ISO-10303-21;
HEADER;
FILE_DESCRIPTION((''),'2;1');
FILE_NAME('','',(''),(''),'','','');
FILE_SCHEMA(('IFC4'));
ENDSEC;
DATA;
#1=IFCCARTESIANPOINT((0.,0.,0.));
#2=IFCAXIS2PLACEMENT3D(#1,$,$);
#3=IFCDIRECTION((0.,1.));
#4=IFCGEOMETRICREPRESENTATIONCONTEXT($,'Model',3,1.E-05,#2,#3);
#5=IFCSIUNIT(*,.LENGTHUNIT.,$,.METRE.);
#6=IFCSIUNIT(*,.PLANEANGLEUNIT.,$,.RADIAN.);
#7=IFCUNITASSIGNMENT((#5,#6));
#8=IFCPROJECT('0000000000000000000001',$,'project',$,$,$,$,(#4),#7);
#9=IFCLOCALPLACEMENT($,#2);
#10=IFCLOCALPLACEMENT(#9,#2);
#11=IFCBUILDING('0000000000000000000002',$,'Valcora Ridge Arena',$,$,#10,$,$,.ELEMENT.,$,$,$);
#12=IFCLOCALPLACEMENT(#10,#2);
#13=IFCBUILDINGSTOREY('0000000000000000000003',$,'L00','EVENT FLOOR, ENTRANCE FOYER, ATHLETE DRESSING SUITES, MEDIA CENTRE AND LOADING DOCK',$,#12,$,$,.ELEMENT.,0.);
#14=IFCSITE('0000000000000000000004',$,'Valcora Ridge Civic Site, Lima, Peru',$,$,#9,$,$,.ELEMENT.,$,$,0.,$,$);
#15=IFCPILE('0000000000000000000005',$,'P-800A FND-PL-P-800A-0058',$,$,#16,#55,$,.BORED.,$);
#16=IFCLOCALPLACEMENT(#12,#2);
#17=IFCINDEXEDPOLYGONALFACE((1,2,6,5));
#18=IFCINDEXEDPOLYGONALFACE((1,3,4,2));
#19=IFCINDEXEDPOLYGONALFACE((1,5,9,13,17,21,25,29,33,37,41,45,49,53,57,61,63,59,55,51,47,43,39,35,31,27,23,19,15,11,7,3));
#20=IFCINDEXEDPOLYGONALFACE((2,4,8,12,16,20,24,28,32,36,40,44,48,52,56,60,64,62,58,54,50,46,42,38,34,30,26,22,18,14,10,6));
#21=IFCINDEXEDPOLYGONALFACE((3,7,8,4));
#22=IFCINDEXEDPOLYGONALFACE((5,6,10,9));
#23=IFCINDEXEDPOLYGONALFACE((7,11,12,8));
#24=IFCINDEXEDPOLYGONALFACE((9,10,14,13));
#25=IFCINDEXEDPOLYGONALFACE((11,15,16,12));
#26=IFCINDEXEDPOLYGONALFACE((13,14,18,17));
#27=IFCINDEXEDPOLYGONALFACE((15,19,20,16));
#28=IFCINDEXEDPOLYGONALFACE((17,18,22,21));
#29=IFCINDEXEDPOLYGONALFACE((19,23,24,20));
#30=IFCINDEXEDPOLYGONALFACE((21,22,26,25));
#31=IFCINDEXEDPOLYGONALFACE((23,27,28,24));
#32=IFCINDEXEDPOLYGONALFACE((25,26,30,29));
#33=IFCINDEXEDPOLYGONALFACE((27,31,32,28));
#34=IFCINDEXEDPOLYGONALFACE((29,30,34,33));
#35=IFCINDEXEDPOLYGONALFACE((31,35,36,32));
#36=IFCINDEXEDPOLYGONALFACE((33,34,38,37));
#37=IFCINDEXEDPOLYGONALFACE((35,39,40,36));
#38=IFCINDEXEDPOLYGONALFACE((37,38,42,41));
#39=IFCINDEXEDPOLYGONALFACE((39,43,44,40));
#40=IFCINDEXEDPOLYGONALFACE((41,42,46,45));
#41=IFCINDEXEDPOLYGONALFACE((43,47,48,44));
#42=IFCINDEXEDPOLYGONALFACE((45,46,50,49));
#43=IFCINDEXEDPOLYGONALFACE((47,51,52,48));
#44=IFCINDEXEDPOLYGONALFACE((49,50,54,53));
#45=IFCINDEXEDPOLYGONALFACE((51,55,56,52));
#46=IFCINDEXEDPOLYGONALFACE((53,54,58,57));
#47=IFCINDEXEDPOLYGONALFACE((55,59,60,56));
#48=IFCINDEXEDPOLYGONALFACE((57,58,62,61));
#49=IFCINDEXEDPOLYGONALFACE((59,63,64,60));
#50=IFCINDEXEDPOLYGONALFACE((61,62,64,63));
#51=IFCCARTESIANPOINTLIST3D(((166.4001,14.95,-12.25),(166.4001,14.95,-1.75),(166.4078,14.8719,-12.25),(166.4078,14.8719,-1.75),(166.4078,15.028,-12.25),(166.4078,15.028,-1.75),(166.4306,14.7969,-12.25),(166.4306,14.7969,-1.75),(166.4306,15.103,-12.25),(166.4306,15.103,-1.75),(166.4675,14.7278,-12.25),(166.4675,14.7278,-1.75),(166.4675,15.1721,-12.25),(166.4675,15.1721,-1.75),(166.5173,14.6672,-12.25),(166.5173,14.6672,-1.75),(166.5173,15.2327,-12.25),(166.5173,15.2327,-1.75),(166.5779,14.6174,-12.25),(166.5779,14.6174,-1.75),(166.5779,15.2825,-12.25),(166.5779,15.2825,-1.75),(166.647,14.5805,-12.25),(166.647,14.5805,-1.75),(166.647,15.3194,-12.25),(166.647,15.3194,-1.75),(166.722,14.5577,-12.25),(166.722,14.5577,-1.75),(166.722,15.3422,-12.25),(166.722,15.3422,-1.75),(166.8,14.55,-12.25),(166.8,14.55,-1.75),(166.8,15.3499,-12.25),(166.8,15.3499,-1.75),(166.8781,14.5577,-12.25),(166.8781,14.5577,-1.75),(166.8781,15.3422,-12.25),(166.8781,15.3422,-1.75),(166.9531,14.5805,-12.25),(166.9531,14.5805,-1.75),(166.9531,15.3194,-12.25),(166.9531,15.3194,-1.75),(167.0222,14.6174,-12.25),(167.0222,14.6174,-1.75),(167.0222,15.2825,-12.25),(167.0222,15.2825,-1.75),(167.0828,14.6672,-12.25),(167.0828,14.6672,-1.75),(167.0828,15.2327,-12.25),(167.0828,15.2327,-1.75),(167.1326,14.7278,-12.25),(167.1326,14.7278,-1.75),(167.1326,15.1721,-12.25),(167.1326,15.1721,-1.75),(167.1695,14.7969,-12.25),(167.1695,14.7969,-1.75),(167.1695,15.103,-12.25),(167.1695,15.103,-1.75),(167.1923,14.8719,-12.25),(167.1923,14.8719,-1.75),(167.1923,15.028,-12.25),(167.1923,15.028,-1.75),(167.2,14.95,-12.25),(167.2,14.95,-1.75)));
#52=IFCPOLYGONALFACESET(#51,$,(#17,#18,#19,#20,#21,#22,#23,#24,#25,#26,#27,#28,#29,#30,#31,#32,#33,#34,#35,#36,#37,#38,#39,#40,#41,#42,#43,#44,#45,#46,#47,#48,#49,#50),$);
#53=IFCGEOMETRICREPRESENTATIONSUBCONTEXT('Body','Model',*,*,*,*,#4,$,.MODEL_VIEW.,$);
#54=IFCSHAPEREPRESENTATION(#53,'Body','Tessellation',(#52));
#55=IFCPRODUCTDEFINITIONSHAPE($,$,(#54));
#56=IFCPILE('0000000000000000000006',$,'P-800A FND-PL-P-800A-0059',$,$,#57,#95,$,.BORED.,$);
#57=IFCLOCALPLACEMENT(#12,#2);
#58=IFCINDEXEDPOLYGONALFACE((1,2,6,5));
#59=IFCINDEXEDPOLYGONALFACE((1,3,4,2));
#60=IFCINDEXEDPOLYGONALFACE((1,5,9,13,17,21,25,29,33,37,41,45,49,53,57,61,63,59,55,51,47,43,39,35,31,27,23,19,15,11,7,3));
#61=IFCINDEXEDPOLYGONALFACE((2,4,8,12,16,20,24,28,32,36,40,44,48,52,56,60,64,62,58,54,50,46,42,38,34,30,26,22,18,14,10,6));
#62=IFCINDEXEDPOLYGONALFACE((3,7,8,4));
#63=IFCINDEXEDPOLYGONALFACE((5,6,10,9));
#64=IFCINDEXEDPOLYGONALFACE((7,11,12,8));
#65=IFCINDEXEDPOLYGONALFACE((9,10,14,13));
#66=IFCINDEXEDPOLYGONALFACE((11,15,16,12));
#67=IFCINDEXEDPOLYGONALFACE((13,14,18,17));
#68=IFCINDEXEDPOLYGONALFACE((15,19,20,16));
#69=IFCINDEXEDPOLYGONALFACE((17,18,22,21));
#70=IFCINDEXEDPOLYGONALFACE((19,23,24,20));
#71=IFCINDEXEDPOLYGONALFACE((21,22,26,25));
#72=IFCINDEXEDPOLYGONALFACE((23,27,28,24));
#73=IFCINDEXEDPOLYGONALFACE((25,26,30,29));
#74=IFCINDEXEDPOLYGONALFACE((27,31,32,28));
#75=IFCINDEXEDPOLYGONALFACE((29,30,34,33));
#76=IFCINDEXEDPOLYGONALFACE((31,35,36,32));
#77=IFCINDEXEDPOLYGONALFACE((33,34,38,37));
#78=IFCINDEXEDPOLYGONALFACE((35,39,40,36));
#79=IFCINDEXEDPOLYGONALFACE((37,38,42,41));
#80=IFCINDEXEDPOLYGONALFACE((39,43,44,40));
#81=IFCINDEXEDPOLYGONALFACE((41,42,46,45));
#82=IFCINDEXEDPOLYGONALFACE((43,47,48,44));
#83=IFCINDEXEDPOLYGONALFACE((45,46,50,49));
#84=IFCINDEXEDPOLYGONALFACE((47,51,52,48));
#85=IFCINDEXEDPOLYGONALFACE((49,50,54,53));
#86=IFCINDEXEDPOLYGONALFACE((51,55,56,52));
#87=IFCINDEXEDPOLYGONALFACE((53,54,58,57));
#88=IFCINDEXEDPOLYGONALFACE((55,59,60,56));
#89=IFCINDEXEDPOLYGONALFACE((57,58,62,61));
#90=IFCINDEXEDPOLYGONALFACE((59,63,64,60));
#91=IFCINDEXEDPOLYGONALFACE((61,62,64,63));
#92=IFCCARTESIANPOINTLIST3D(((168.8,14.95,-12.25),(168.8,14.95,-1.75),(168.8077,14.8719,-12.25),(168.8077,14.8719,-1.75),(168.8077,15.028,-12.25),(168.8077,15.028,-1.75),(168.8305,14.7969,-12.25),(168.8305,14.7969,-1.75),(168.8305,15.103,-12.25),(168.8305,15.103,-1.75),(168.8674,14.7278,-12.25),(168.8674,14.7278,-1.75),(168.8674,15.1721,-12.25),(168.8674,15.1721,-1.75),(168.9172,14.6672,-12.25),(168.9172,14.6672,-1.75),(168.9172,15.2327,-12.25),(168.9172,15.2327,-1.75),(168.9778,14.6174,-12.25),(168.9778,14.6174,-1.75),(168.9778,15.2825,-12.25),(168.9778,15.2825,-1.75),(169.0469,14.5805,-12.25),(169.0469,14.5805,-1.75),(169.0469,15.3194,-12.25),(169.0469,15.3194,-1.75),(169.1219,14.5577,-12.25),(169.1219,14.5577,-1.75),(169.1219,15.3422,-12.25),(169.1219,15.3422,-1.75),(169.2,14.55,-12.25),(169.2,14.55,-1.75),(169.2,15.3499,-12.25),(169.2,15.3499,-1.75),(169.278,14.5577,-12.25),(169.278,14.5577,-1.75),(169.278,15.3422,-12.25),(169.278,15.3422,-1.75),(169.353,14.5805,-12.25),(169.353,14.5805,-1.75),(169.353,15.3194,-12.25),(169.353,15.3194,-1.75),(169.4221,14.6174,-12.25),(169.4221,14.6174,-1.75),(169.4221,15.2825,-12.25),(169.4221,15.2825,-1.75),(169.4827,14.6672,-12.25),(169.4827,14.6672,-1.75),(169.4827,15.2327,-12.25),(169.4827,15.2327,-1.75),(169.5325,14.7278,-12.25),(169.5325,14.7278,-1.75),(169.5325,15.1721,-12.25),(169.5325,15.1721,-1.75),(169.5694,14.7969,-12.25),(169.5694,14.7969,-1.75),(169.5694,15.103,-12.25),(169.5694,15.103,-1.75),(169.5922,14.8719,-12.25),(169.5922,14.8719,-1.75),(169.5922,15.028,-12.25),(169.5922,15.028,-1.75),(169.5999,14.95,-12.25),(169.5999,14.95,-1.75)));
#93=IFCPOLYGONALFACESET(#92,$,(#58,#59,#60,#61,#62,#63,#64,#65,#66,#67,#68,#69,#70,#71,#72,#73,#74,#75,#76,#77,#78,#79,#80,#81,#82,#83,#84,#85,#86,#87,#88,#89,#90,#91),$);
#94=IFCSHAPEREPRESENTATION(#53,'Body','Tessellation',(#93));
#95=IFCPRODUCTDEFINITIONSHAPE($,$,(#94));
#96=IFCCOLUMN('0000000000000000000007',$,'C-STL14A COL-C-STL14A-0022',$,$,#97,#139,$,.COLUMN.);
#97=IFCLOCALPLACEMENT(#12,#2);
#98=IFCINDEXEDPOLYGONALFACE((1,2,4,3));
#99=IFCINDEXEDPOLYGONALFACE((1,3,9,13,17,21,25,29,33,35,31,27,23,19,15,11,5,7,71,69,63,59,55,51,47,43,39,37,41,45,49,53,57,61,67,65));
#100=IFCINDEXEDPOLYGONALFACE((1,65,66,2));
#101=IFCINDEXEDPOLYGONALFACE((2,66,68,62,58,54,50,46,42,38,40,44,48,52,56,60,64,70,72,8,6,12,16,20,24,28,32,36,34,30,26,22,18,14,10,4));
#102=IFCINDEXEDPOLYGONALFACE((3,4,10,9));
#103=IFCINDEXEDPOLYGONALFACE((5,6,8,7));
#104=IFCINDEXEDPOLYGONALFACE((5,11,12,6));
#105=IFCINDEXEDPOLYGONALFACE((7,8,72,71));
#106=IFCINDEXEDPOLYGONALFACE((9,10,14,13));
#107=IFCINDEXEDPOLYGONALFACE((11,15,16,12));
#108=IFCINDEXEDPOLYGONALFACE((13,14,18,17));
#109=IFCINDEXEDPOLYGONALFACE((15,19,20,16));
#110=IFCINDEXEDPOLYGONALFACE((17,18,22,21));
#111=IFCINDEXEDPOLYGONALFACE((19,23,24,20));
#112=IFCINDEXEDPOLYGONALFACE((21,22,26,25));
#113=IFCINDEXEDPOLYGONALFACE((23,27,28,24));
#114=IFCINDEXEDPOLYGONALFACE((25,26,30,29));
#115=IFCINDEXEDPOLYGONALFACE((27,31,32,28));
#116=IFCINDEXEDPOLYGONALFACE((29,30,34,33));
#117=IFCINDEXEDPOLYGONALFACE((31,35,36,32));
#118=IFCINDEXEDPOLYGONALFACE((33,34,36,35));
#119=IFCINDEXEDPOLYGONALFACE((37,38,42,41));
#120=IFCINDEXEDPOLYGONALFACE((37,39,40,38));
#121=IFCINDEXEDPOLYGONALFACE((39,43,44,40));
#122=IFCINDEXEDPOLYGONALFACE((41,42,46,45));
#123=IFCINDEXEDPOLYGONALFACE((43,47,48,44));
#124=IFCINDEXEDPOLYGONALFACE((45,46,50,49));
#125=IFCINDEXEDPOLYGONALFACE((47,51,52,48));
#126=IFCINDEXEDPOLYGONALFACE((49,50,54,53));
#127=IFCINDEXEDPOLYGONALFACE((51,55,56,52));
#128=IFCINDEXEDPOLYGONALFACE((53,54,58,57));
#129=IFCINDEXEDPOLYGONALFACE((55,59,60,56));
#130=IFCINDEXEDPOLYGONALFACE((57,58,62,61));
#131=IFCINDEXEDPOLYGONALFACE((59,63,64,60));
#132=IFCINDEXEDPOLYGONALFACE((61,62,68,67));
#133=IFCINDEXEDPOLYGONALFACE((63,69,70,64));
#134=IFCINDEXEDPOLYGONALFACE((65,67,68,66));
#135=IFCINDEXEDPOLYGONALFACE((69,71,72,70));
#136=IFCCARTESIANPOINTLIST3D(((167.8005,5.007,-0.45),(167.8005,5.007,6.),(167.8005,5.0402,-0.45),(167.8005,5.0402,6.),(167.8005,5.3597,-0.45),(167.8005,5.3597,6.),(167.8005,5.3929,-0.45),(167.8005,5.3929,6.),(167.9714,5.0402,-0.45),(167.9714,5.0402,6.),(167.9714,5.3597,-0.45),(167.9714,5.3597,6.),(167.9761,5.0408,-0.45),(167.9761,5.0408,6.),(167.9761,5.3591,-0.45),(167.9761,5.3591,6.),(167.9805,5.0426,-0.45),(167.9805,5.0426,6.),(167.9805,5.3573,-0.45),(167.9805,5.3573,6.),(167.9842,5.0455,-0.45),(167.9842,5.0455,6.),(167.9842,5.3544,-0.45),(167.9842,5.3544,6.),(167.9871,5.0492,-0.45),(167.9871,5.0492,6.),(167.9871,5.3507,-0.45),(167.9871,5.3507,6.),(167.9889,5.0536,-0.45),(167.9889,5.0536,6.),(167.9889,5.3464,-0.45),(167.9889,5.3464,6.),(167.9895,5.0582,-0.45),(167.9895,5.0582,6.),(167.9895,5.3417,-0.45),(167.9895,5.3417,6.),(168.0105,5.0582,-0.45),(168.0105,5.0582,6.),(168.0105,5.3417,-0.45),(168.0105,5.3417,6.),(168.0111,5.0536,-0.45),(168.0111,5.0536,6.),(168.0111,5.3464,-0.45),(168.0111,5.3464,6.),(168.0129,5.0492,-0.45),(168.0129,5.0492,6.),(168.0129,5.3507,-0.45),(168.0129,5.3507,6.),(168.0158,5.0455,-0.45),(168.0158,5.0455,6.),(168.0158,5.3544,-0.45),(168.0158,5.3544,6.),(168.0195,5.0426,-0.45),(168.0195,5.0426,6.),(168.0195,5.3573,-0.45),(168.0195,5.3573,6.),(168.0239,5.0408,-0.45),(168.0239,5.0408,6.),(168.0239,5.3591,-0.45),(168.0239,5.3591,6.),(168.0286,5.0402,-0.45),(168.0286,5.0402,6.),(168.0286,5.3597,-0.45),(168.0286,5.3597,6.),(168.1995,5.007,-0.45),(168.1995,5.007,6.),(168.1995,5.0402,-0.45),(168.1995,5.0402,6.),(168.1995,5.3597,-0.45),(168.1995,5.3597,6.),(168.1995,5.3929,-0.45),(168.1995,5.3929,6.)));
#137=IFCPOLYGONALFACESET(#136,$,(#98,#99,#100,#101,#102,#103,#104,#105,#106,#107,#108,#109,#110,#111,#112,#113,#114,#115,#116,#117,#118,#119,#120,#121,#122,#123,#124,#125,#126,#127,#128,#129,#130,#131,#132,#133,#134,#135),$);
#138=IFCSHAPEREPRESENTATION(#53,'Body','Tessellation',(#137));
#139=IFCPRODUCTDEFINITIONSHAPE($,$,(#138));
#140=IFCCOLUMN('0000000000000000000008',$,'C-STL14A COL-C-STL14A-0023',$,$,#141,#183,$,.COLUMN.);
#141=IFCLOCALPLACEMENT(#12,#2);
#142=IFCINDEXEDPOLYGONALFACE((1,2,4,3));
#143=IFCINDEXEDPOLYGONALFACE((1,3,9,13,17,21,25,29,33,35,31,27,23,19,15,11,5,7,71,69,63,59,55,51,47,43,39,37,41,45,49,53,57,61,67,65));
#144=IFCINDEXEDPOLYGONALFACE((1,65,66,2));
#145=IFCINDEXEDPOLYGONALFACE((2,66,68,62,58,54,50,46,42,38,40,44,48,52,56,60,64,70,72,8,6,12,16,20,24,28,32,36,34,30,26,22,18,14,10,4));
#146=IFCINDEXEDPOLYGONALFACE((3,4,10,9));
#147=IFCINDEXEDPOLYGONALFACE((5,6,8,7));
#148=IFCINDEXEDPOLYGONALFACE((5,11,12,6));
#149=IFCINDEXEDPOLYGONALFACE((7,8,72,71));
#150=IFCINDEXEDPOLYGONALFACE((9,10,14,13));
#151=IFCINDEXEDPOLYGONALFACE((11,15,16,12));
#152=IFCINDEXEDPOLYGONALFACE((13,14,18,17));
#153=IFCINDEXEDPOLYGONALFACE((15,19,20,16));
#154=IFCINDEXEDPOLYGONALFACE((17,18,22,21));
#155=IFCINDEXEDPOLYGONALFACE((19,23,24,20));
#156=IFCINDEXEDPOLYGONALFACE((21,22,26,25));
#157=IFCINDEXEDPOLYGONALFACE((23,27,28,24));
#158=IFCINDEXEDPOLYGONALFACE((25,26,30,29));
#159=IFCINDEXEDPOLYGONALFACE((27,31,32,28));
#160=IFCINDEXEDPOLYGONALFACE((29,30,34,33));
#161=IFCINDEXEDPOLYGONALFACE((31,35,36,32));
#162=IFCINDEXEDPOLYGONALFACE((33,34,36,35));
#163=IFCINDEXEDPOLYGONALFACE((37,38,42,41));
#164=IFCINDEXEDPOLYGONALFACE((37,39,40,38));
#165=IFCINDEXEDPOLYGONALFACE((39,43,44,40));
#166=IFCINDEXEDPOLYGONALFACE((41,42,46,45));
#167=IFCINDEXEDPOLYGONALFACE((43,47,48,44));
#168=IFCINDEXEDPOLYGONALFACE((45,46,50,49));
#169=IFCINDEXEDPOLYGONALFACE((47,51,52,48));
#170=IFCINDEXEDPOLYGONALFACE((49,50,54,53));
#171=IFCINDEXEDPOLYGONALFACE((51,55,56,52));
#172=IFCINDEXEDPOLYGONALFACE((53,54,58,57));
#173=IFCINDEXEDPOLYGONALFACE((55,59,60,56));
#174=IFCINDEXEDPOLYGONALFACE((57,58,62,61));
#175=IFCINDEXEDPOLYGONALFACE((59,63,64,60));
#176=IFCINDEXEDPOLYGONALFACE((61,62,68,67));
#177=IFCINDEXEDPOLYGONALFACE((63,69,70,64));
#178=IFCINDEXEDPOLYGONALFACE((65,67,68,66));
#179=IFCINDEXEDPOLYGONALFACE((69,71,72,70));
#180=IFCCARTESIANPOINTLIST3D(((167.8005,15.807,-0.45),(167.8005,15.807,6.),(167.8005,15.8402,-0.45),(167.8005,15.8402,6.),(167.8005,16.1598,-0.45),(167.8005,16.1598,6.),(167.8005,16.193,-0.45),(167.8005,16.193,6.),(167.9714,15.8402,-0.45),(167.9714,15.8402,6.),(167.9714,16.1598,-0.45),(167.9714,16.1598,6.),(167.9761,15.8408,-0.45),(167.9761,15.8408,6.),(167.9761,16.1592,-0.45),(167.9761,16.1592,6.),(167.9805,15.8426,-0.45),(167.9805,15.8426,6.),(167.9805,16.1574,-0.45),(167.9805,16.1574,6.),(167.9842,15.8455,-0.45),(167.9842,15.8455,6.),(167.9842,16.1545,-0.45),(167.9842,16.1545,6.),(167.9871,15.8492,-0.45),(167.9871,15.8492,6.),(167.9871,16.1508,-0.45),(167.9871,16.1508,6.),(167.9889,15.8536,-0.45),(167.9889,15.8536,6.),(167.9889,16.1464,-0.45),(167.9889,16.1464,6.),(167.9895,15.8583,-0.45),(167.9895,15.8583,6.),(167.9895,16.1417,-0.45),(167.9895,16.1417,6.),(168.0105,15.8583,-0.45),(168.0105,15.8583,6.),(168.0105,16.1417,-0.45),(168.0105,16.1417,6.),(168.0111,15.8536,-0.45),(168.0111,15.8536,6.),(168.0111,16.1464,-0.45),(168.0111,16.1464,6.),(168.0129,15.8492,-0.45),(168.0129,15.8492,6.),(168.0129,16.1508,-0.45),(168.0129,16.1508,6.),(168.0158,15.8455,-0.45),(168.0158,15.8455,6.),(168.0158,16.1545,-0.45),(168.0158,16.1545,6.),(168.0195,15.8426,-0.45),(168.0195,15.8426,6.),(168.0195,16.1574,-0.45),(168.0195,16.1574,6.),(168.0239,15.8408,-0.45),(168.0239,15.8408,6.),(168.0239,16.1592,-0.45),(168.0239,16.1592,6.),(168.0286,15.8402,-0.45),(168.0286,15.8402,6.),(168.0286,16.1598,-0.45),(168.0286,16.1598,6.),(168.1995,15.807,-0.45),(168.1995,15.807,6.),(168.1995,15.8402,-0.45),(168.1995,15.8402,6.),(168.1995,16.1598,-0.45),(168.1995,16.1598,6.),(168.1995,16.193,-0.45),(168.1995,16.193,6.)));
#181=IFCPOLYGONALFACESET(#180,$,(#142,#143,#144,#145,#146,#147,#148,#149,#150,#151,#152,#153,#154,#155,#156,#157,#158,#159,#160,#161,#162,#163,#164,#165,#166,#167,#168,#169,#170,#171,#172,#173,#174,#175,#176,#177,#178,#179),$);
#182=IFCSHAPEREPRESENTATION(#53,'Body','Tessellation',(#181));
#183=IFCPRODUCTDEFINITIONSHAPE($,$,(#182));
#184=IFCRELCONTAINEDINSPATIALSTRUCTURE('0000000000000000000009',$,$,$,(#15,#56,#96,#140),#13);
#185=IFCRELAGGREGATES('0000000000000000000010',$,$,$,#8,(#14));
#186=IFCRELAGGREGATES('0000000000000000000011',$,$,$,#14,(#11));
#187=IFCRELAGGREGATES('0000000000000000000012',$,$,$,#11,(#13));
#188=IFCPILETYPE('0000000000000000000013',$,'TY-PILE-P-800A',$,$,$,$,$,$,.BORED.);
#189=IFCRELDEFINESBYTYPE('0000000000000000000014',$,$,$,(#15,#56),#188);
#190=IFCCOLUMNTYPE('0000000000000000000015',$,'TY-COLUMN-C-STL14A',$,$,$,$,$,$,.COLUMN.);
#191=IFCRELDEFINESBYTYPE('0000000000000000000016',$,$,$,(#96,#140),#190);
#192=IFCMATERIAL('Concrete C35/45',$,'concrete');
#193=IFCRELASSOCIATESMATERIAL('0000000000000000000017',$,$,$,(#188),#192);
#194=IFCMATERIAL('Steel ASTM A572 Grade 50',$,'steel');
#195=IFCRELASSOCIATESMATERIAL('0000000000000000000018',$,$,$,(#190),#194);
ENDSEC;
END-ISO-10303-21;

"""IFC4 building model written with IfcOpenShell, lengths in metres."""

from ifc_helpers import new_model, si_unit, direction, frame, origin, origin_2d, place, context, subcontext, project, spatial, circle, i_section, extrude, material, material_profile, profile_set, type_object, element, save


model = new_model("IFC4")

# Units and contexts
model_context = context("Model", 3, precision=1e-05, world=origin(), true_north=direction((0.0, 1.0)))
body_context = subcontext(model_context, "Body", "Model", "MODEL_VIEW")
ifc_project = project(units=[si_unit("LENGTHUNIT", "METRE"), si_unit("PLANEANGLEUNIT", "RADIAN")], contexts=[model_context])

# Site, building, storey
site_placement = place(None, origin())
site = spatial("IfcSite", under=ifc_project, at=site_placement, Name="Valcora Ridge Civic Site, Lima, Peru", CompositionType="ELEMENT", RefElevation=0.0)
building_placement = place(site_placement, origin())
building = spatial("IfcBuilding", under=site, at=building_placement, Name="Valcora Ridge Arena", CompositionType="ELEMENT")
storey_placement = place(building_placement, origin())
storey = spatial("IfcBuildingStorey", under=building, at=storey_placement, Name="L00", Description="EVENT FLOOR, ENTRANCE FOYER, ATHLETE DRESSING SUITES, MEDIA CENTRE AND LOADING DOCK", CompositionType="ELEMENT", Elevation=0.0)

# Piles
ifc_material_1 = material(Name="Concrete C35/45", Category="concrete")
ifc_material_profile_1 = material_profile(ifc_material_1, circle(Radius=0.3999, at=origin_2d()), Name="BORED PILE D800")
ifc_profile_set_1 = profile_set([ifc_material_profile_1], Name="Concrete C35/45")
pile_type = type_object("IfcPileType", Name="TY-PILE-P-800A", PredefinedType="BORED", material=ifc_profile_set_1)
for number, where, z_axis, x_axis, name in (
    (1, (166.8, 14.95, -1.75), (0.0, 0.0, -1.0), (1.0, 0.0, 0.0), "P-800A FND-PL-P-800A-0058"),
    (2, (169.2, 14.95, -1.75), (0.0, 0.0, -1.0), (1.0, 0.0, 0.0), "P-800A FND-PL-P-800A-0059"),
):
    element("IfcPile", number, at=place(storey_placement, frame(where, z_axis=z_axis, x_axis=x_axis)), inside=storey, type_object=pile_type, Name=name, PredefinedType="BORED", context=body_context, shape_type="SweptSolid", body=[
        extrude(circle(Radius=0.3999, at=origin_2d()), origin(), (0.0, 0.0, 1.0), 10.5),
    ])

# Columns
ifc_material_2 = material(Name="Steel ASTM A572 Grade 50", Category="steel")
ifc_material_profile_2 = material_profile(ifc_material_2, i_section(OverallWidth=0.3989, OverallDepth=0.386, WebThickness=0.021, FlangeThickness=0.0332, FilletRadius=0.0181, at=origin_2d()), Name="W14X176")
ifc_profile_set_2 = profile_set([ifc_material_profile_2], Name="Steel ASTM A572 Grade 50")
column_type = type_object("IfcColumnType", Name="TY-COLUMN-C-STL14A", PredefinedType="COLUMN", material=ifc_profile_set_2)
for number, where, z_axis, x_axis, name in (
    (3, (168.0, 5.2, -0.45), (0.0, 0.0, 1.0), (1.0, 0.0, 0.0), "C-STL14A COL-C-STL14A-0022"),
    (4, (168.0, 16.0, -0.45), (0.0, 0.0, 1.0), (1.0, 0.0, 0.0), "C-STL14A COL-C-STL14A-0023"),
):
    element("IfcColumn", number, at=place(storey_placement, frame(where, z_axis=z_axis, x_axis=x_axis)), inside=storey, type_object=column_type, Name=name, PredefinedType="COLUMN", context=body_context, shape_type="SweptSolid", body=[
        extrude(i_section(OverallWidth=0.3989, OverallDepth=0.386, WebThickness=0.021, FlangeThickness=0.0332, FilletRadius=0.0181, at=origin_2d()), origin(), (0.0, 0.0, 1.0), 6.45),
    ])

save(model, "model.ifc")
